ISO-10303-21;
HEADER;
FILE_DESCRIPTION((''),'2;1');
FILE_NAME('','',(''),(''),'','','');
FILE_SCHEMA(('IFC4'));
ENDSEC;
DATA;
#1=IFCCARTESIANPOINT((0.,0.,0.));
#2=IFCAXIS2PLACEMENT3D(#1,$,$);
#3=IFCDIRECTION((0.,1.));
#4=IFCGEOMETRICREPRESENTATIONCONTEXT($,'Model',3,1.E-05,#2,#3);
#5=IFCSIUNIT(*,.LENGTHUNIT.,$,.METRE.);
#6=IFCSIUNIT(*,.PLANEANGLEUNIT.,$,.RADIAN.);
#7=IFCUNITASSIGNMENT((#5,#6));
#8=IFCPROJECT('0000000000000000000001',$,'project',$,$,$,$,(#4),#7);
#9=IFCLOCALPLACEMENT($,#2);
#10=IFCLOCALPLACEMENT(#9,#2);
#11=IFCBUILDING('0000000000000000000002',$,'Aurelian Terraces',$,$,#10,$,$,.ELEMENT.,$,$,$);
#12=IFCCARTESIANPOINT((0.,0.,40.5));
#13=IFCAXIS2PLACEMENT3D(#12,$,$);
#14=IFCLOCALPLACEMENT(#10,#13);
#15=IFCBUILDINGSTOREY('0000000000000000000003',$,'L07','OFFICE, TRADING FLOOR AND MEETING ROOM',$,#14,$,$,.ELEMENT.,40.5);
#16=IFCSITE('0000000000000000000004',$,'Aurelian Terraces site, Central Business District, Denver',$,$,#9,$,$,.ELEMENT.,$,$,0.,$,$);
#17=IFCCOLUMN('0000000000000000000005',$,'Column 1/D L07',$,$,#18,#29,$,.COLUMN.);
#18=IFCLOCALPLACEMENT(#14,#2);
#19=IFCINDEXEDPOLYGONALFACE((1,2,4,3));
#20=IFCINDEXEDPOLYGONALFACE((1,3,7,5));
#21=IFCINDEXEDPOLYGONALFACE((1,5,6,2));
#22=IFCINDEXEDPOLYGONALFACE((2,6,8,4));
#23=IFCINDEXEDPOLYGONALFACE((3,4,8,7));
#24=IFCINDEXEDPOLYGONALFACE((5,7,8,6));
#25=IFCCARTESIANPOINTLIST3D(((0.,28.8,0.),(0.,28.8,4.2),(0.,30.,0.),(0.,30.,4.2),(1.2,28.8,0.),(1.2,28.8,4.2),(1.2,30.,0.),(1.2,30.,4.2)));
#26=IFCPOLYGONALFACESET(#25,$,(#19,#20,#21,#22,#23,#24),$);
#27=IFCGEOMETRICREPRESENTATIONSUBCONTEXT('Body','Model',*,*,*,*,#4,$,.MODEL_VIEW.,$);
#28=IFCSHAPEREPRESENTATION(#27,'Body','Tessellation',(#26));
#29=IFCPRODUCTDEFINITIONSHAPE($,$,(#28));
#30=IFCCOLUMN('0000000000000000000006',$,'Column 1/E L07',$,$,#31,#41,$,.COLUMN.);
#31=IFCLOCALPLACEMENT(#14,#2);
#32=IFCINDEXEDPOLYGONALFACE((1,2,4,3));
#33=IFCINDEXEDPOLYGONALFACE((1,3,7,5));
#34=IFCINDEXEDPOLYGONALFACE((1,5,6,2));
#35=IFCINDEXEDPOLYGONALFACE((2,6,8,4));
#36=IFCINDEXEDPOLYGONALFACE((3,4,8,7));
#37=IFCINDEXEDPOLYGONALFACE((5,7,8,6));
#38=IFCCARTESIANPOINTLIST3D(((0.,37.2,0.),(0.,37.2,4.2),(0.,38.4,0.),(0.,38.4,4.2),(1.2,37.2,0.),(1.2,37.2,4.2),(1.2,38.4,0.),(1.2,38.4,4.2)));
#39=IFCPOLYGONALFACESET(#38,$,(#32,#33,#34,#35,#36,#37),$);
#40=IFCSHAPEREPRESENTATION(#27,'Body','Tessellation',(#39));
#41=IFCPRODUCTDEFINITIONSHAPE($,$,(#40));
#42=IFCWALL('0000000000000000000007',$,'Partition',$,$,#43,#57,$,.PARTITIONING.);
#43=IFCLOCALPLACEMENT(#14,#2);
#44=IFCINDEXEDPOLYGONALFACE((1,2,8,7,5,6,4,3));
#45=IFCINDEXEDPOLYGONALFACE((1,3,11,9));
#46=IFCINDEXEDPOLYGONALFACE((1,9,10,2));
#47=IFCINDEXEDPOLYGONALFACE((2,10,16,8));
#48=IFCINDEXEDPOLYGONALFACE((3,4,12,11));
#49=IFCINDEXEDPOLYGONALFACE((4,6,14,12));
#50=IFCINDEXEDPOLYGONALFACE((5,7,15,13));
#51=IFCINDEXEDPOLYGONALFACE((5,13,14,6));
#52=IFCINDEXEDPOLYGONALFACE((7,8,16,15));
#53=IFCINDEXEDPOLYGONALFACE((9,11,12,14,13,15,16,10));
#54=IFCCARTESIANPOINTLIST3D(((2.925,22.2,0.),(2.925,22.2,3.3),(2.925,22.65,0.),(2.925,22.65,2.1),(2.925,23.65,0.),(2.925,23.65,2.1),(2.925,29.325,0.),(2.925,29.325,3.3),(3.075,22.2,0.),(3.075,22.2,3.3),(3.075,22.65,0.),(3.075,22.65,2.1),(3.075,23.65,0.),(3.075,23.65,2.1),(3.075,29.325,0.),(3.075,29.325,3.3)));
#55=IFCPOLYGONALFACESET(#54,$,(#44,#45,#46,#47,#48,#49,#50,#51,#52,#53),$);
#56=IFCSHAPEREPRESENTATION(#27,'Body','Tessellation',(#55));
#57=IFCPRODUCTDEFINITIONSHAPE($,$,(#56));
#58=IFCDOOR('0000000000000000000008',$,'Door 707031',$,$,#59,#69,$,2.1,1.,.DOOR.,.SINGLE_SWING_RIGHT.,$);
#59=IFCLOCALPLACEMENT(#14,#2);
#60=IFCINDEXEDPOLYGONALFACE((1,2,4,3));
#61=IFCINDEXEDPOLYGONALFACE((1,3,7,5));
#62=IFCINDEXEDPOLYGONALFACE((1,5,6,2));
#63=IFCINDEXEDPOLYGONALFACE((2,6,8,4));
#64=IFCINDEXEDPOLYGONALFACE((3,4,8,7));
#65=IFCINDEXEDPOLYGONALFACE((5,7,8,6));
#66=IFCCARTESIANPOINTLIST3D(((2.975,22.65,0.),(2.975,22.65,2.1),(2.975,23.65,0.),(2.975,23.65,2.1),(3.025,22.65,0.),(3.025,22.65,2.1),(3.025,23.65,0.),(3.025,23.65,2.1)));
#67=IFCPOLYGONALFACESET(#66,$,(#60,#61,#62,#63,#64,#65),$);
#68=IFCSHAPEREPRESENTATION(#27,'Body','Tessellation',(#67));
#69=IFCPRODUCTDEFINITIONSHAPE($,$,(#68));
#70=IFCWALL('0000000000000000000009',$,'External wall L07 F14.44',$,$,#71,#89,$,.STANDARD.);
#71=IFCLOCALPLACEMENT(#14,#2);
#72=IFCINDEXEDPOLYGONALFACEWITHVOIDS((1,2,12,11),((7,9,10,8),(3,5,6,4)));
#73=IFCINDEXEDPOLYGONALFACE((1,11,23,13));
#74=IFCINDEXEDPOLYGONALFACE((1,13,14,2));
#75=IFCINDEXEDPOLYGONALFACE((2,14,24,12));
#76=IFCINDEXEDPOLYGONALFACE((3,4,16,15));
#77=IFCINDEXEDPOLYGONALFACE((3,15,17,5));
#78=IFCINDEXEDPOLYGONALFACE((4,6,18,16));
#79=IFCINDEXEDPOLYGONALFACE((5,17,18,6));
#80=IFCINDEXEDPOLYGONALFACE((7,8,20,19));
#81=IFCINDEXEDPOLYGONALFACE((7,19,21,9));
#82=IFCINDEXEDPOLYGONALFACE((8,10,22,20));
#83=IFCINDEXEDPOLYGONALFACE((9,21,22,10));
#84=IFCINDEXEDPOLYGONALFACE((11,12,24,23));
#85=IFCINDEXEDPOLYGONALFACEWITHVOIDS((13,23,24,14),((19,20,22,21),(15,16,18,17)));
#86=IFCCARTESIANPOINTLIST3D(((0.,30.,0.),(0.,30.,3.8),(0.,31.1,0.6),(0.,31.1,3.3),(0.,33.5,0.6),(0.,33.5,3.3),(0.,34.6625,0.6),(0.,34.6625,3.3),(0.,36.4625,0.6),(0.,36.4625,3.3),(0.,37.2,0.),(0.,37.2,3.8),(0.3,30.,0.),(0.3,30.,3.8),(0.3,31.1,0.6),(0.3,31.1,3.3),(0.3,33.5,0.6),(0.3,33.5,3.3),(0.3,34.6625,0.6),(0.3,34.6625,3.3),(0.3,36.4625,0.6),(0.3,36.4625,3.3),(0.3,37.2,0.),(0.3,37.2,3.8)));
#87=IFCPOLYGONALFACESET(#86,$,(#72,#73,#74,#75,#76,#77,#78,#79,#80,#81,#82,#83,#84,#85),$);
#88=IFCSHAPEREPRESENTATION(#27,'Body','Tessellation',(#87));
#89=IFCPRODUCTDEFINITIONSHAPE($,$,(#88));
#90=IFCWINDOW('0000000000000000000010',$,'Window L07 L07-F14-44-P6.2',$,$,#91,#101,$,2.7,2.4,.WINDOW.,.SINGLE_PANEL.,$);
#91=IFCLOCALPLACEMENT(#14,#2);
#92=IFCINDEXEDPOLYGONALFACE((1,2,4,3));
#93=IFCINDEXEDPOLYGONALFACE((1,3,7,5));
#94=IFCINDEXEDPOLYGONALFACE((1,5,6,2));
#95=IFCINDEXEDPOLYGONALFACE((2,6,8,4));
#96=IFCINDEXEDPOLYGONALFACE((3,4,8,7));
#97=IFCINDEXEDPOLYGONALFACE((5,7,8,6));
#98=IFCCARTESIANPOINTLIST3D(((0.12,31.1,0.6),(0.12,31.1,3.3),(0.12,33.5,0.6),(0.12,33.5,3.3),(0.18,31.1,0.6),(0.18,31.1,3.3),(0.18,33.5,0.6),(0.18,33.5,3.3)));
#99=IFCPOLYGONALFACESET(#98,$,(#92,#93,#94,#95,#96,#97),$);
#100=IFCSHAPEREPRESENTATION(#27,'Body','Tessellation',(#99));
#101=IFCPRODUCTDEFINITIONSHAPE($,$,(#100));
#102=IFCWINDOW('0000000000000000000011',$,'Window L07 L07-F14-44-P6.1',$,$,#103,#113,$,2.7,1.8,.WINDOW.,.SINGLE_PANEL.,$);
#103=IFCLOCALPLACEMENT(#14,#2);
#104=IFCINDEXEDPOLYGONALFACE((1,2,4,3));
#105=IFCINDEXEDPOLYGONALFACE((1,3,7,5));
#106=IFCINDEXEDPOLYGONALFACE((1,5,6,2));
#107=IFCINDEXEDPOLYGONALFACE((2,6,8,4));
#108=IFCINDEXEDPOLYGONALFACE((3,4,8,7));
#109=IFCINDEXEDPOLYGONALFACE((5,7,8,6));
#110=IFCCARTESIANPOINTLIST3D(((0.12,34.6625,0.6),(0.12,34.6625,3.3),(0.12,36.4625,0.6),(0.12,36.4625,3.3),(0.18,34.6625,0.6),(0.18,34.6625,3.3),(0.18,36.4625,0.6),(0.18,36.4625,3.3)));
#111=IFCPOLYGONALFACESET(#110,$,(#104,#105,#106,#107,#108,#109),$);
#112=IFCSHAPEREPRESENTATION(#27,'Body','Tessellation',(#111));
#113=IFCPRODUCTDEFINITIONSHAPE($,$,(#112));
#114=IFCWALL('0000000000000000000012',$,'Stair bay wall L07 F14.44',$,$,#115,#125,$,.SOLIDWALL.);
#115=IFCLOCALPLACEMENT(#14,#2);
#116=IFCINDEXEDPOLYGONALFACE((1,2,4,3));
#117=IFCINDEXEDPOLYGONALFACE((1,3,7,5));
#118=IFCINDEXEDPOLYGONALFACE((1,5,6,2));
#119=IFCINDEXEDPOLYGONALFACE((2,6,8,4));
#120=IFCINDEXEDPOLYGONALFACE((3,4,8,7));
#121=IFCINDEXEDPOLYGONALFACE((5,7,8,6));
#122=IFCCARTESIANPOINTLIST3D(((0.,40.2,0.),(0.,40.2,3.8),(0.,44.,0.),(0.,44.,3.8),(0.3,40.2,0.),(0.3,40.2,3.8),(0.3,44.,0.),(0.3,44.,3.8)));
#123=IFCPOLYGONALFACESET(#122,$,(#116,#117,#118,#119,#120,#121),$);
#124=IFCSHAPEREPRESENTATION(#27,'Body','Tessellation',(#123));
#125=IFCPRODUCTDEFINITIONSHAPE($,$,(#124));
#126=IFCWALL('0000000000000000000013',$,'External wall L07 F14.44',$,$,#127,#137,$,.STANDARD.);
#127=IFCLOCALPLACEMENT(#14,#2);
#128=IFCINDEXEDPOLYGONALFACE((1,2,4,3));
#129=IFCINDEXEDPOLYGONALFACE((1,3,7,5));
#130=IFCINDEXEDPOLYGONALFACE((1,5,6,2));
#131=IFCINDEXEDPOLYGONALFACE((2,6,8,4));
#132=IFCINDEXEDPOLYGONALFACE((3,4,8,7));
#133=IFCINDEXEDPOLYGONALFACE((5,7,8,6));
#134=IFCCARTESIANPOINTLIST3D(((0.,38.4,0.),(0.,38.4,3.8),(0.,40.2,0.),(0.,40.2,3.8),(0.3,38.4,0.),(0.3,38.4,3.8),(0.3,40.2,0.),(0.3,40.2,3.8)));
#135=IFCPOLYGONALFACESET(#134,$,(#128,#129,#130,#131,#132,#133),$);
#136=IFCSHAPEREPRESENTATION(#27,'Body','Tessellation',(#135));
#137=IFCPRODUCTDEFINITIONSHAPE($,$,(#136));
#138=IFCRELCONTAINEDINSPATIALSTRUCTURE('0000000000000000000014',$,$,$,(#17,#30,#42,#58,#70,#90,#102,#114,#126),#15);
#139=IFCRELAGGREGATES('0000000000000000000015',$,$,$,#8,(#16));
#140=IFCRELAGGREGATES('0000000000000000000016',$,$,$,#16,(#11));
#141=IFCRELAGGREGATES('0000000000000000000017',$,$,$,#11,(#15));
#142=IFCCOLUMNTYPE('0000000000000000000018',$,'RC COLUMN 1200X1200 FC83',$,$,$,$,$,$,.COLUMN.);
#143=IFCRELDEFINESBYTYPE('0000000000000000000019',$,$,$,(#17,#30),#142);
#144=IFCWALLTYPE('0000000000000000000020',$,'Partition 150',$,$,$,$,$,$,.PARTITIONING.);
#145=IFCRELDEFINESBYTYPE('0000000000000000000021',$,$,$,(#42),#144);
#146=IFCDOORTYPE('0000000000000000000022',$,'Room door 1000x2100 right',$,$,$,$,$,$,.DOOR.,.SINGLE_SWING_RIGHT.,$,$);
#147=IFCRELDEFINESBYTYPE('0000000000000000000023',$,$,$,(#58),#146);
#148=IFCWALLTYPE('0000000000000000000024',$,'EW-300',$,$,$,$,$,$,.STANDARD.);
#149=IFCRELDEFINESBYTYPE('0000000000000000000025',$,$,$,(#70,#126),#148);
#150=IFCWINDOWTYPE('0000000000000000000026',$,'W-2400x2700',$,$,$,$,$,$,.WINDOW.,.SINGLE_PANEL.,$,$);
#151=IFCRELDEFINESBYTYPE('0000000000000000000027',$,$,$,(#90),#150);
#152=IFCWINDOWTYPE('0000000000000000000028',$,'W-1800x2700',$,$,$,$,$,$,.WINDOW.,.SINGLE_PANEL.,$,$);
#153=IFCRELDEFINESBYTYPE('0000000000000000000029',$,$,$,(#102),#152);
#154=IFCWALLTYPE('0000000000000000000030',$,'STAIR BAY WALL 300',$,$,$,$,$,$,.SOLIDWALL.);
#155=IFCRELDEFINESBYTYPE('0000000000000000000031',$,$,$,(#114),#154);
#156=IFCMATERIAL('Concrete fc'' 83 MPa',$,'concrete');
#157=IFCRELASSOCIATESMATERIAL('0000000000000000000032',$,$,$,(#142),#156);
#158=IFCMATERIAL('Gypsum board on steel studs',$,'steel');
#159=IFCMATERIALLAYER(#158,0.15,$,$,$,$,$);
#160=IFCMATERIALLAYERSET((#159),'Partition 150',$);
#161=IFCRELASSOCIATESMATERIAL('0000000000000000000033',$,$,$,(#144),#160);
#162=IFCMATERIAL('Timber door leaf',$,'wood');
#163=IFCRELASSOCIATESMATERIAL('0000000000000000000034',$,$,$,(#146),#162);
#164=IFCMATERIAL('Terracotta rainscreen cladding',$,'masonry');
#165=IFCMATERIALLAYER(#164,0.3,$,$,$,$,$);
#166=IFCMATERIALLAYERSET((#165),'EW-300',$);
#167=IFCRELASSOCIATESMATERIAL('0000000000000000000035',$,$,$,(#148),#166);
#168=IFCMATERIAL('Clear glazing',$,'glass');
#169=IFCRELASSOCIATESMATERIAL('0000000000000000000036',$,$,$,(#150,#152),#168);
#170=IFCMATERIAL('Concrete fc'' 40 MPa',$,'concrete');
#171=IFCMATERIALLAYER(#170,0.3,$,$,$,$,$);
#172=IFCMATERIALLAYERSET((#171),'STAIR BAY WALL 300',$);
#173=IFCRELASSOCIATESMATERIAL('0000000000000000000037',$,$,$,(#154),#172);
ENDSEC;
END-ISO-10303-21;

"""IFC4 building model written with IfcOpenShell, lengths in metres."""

from ifc_helpers import new_model, si_unit, direction, frame, frame_2d, origin, origin_2d, place, context, subcontext, project, spatial, rectangle, extrude, source, transform, mapped, material, layer, layer_set, material_profile, profile_set, type_object, element, fill, save


model = new_model("IFC4")

# Units and contexts
model_context = context("Model", 3, precision=1e-05, world=origin(), true_north=direction((0.0, 1.0)))
body_context = subcontext(model_context, "Body", "Model", "MODEL_VIEW")
ifc_project = project(units=[si_unit("LENGTHUNIT", "METRE"), si_unit("PLANEANGLEUNIT", "RADIAN")], contexts=[model_context])

# Site, building, storey
site_placement = place(None, origin())
site = spatial("IfcSite", under=ifc_project, at=site_placement, Name="Aurelian Terraces site, Central Business District, Denver", CompositionType="ELEMENT", RefElevation=0.0)
building_placement = place(site_placement, origin())
building = spatial("IfcBuilding", under=site, at=building_placement, Name="Aurelian Terraces", CompositionType="ELEMENT")
storey_placement = place(building_placement, frame((0.0, 0.0, 40.5)))
storey = spatial("IfcBuildingStorey", under=building, at=storey_placement, Name="L07", Description="OFFICE, TRADING FLOOR AND MEETING ROOM", CompositionType="ELEMENT", Elevation=40.5)

# Columns
ifc_material_1 = material(Name="Concrete fc' 83 MPa", Category="concrete")
ifc_material_profile = material_profile(ifc_material_1, rectangle(XDim=1.2, YDim=1.2, at=origin_2d()))
ifc_profile_set = profile_set([ifc_material_profile], Name="Concrete fc' 83 MPa")
column_type = type_object("IfcColumnType", Name="RC COLUMN 1200X1200 FC83", PredefinedType="COLUMN", material=ifc_profile_set)
shared_shape_1 = source(origin(), body_context, "Body", "SweptSolid", [
    extrude(rectangle(XDim=1.2, YDim=1.2, at=origin_2d()), origin(), (0.0, 0.0, 1.0), 4.2),
])
for number, where, z_axis, x_axis, name in (
    (1, (0.6, 29.4, 0.0), (0.0, 0.0, 1.0), (1.0, 0.0, 0.0), "Column 1/D L07"),
    (2, (0.6, 37.8, 0.0), (0.0, 0.0, 1.0), (1.0, 0.0, 0.0), "Column 1/E L07"),
):
    element("IfcColumn", number, at=place(storey_placement, frame(where, z_axis=z_axis, x_axis=x_axis)), inside=storey, type_object=column_type, Name=name, PredefinedType="COLUMN", context=body_context, shape_type="MappedRepresentation", body=[
        mapped(shared_shape_1, transform((0.0, 0.0, 0.0), scale=1.0)),
    ])

# Wall, opening, door
ifc_material_2 = material(Name="Gypsum board on steel studs", Category="steel")
ifc_layer_1 = layer(ifc_material_2, 0.15)
ifc_layer_set_1 = layer_set([ifc_layer_1], Name="Partition 150")
wall_type_1 = type_object("IfcWallType", Name="Partition 150", PredefinedType="PARTITIONING", material=ifc_layer_set_1)
wall_1_placement = place(storey_placement, frame((3.0, 29.325, 0.0), z_axis=(0.0, 0.0, 1.0), x_axis=(0.0, -1.0, 0.0)))
wall_1 = element("IfcWall", 3, at=wall_1_placement, inside=storey, type_object=wall_type_1, Name="Partition", PredefinedType="PARTITIONING", context=body_context, shape_type="SweptSolid", body=[
    extrude(rectangle(XDim=7.125, YDim=0.15, at=frame_2d((3.5625, 0.0))), origin(), (0.0, 0.0, 1.0), 3.3),
])
shared_shape_2 = source(origin(), body_context, "Body", "SweptSolid", [
    extrude(rectangle(XDim=1.0, YDim=2.1, at=frame_2d((0.5, 1.05))), frame((0.0, 0.085, 0.0), z_axis=(0.0, -1.0, 0.0), x_axis=(1.0, 0.0, 0.0)), (0.0, 0.0, 1.0), 0.17),
])
opening_1_placement = place(wall_1_placement, frame((5.675, 0.0, 0.0)))
opening_1 = element("IfcOpeningElement", 4, at=opening_1_placement, cuts=wall_1, PredefinedType="OPENING", context=body_context, shape_type="MappedRepresentation", body=[
    mapped(shared_shape_2, transform((0.0, 0.0, 0.0), scale=1.0)),
])
ifc_material_3 = material(Name="Timber door leaf", Category="wood")
door_type_1 = type_object("IfcDoorType", Name="Room door 1000x2100 right", OperationType="SINGLE_SWING_RIGHT", PredefinedType="DOOR", material=ifc_material_3)
shared_shape_3 = source(origin(), body_context, "Body", "SweptSolid", [
    extrude(rectangle(XDim=1.0, YDim=2.1, at=frame_2d((0.5, 1.05))), frame((0.0, 0.025, 0.0), z_axis=(0.0, -1.0, 0.0), x_axis=(1.0, 0.0, 0.0)), (0.0, 0.0, 1.0), 0.05),
])
door_1_placement = place(opening_1_placement, origin())
door_1 = element("IfcDoor", 5, at=door_1_placement, inside=storey, type_object=door_type_1, Name="Door 707031", OperationType="SINGLE_SWING_RIGHT", OverallHeight=2.1, OverallWidth=1.0, PredefinedType="DOOR", context=body_context, shape_type="MappedRepresentation", body=[
    mapped(shared_shape_3, transform((0.0, 0.0, 0.0), scale=1.0)),
])
fill(opening_1, door_1)

# Wall, openings, windows
ifc_material_4 = material(Name="Terracotta rainscreen cladding", Category="masonry")
ifc_layer_2 = layer(ifc_material_4, 0.3)
ifc_layer_set_2 = layer_set([ifc_layer_2], Name="EW-300")
wall_type_2 = type_object("IfcWallType", Name="EW-300", PredefinedType="STANDARD", material=ifc_layer_set_2)
shared_shape_4 = source(origin(), body_context, "Body", "SweptSolid", [
    extrude(rectangle(XDim=7.2, YDim=0.3, at=frame_2d((3.6, 0.0))), origin(), (0.0, 0.0, 1.0), 3.8),
])
wall_2_placement = place(storey_placement, frame((0.15, 37.2, 0.0), z_axis=(0.0, 0.0, 1.0), x_axis=(0.0, -1.0, 0.0)))
wall_2 = element("IfcWall", 6, at=wall_2_placement, inside=storey, type_object=wall_type_2, Name="External wall L07 F14.44", PredefinedType="STANDARD", context=body_context, shape_type="MappedRepresentation", body=[
    mapped(shared_shape_4, transform((0.0, 0.0, 0.0), scale=1.0)),
])
shared_shape_5 = source(origin(), body_context, "Body", "SweptSolid", [
    extrude(rectangle(XDim=1.8, YDim=2.7, at=frame_2d((0.9, 1.35))), frame((0.0, 0.16, 0.0), z_axis=(0.0, -1.0, 0.0), x_axis=(1.0, 0.0, 0.0)), (0.0, 0.0, 1.0), 0.32),
])
opening_2_placement = place(wall_2_placement, frame((0.7375, 0.0, 0.6)))
opening_2 = element("IfcOpeningElement", 7, at=opening_2_placement, cuts=wall_2, PredefinedType="OPENING", context=body_context, shape_type="MappedRepresentation", body=[
    mapped(shared_shape_5, transform((0.0, 0.0, 0.0), scale=1.0)),
])
shared_shape_6 = source(origin(), body_context, "Body", "SweptSolid", [
    extrude(rectangle(XDim=2.4, YDim=2.7, at=frame_2d((1.2, 1.35))), frame((0.0, 0.16, 0.0), z_axis=(0.0, -1.0, 0.0), x_axis=(1.0, 0.0, 0.0)), (0.0, 0.0, 1.0), 0.32),
])
opening_3_placement = place(wall_2_placement, frame((3.7, 0.0, 0.6)))
opening_3 = element("IfcOpeningElement", 8, at=opening_3_placement, cuts=wall_2, PredefinedType="OPENING", context=body_context, shape_type="MappedRepresentation", body=[
    mapped(shared_shape_6, transform((0.0, 0.0, 0.0), scale=1.0)),
])
ifc_material_5 = material(Name="Clear glazing", Category="glass")
window_type_1 = type_object("IfcWindowType", Name="W-2400x2700", PartitioningType="SINGLE_PANEL", PredefinedType="WINDOW", material=ifc_material_5)
shared_shape_7 = source(origin(), body_context, "Body", "SweptSolid", [
    extrude(rectangle(XDim=2.4, YDim=2.7, at=frame_2d((1.2, 1.35))), frame((0.0, 0.03, 0.0), z_axis=(0.0, -1.0, 0.0), x_axis=(1.0, 0.0, 0.0)), (0.0, 0.0, 1.0), 0.06),
])
window_1_placement = place(opening_3_placement, origin())
window_1 = element("IfcWindow", 9, at=window_1_placement, inside=storey, type_object=window_type_1, Name="Window L07 L07-F14-44-P6.2", OverallHeight=2.7, OverallWidth=2.4, PartitioningType="SINGLE_PANEL", PredefinedType="WINDOW", context=body_context, shape_type="MappedRepresentation", body=[
    mapped(shared_shape_7, transform((0.0, 0.0, 0.0), scale=1.0)),
])
fill(opening_3, window_1)
window_type_2 = type_object("IfcWindowType", Name="W-1800x2700", PartitioningType="SINGLE_PANEL", PredefinedType="WINDOW", material=ifc_material_5)
shared_shape_8 = source(origin(), body_context, "Body", "SweptSolid", [
    extrude(rectangle(XDim=1.8, YDim=2.7, at=frame_2d((0.9, 1.35))), frame((0.0, 0.03, 0.0), z_axis=(0.0, -1.0, 0.0), x_axis=(1.0, 0.0, 0.0)), (0.0, 0.0, 1.0), 0.06),
])
window_2_placement = place(opening_2_placement, origin())
window_2 = element("IfcWindow", 10, at=window_2_placement, inside=storey, type_object=window_type_2, Name="Window L07 L07-F14-44-P6.1", OverallHeight=2.7, OverallWidth=1.8, PartitioningType="SINGLE_PANEL", PredefinedType="WINDOW", context=body_context, shape_type="MappedRepresentation", body=[
    mapped(shared_shape_8, transform((0.0, 0.0, 0.0), scale=1.0)),
])
fill(opening_2, window_2)

# Walls
ifc_material_6 = material(Name="Concrete fc' 40 MPa", Category="concrete")
ifc_layer_3 = layer(ifc_material_6, 0.3)
ifc_layer_set_3 = layer_set([ifc_layer_3], Name="STAIR BAY WALL 300")
wall_type_3 = type_object("IfcWallType", Name="STAIR BAY WALL 300", PredefinedType="SOLIDWALL", material=ifc_layer_set_3)
shared_shape_9 = source(origin(), body_context, "Body", "SweptSolid", [
    extrude(rectangle(XDim=3.8, YDim=0.3, at=frame_2d((1.9, 0.0))), origin(), (0.0, 0.0, 1.0), 3.8),
])
wall_3_placement = place(storey_placement, frame((0.15, 44.0, 0.0), z_axis=(0.0, 0.0, 1.0), x_axis=(0.0, -1.0, 0.0)))
element("IfcWall", 11, at=wall_3_placement, inside=storey, type_object=wall_type_3, Name="Stair bay wall L07 F14.44", PredefinedType="SOLIDWALL", context=body_context, shape_type="MappedRepresentation", body=[
    mapped(shared_shape_9, transform((0.0, 0.0, 0.0), scale=1.0)),
])
shared_shape_10 = source(origin(), body_context, "Body", "SweptSolid", [
    extrude(rectangle(XDim=1.8, YDim=0.3, at=frame_2d((0.9, 0.0))), origin(), (0.0, 0.0, 1.0), 3.8),
])
wall_4_placement = place(storey_placement, frame((0.15, 40.2, 0.0), z_axis=(0.0, 0.0, 1.0), x_axis=(0.0, -1.0, 0.0)))
element("IfcWall", 12, at=wall_4_placement, inside=storey, type_object=wall_type_2, Name="External wall L07 F14.44", PredefinedType="STANDARD", context=body_context, shape_type="MappedRepresentation", body=[
    mapped(shared_shape_10, transform((0.0, 0.0, 0.0), scale=1.0)),
])

save(model, "model.ifc")
